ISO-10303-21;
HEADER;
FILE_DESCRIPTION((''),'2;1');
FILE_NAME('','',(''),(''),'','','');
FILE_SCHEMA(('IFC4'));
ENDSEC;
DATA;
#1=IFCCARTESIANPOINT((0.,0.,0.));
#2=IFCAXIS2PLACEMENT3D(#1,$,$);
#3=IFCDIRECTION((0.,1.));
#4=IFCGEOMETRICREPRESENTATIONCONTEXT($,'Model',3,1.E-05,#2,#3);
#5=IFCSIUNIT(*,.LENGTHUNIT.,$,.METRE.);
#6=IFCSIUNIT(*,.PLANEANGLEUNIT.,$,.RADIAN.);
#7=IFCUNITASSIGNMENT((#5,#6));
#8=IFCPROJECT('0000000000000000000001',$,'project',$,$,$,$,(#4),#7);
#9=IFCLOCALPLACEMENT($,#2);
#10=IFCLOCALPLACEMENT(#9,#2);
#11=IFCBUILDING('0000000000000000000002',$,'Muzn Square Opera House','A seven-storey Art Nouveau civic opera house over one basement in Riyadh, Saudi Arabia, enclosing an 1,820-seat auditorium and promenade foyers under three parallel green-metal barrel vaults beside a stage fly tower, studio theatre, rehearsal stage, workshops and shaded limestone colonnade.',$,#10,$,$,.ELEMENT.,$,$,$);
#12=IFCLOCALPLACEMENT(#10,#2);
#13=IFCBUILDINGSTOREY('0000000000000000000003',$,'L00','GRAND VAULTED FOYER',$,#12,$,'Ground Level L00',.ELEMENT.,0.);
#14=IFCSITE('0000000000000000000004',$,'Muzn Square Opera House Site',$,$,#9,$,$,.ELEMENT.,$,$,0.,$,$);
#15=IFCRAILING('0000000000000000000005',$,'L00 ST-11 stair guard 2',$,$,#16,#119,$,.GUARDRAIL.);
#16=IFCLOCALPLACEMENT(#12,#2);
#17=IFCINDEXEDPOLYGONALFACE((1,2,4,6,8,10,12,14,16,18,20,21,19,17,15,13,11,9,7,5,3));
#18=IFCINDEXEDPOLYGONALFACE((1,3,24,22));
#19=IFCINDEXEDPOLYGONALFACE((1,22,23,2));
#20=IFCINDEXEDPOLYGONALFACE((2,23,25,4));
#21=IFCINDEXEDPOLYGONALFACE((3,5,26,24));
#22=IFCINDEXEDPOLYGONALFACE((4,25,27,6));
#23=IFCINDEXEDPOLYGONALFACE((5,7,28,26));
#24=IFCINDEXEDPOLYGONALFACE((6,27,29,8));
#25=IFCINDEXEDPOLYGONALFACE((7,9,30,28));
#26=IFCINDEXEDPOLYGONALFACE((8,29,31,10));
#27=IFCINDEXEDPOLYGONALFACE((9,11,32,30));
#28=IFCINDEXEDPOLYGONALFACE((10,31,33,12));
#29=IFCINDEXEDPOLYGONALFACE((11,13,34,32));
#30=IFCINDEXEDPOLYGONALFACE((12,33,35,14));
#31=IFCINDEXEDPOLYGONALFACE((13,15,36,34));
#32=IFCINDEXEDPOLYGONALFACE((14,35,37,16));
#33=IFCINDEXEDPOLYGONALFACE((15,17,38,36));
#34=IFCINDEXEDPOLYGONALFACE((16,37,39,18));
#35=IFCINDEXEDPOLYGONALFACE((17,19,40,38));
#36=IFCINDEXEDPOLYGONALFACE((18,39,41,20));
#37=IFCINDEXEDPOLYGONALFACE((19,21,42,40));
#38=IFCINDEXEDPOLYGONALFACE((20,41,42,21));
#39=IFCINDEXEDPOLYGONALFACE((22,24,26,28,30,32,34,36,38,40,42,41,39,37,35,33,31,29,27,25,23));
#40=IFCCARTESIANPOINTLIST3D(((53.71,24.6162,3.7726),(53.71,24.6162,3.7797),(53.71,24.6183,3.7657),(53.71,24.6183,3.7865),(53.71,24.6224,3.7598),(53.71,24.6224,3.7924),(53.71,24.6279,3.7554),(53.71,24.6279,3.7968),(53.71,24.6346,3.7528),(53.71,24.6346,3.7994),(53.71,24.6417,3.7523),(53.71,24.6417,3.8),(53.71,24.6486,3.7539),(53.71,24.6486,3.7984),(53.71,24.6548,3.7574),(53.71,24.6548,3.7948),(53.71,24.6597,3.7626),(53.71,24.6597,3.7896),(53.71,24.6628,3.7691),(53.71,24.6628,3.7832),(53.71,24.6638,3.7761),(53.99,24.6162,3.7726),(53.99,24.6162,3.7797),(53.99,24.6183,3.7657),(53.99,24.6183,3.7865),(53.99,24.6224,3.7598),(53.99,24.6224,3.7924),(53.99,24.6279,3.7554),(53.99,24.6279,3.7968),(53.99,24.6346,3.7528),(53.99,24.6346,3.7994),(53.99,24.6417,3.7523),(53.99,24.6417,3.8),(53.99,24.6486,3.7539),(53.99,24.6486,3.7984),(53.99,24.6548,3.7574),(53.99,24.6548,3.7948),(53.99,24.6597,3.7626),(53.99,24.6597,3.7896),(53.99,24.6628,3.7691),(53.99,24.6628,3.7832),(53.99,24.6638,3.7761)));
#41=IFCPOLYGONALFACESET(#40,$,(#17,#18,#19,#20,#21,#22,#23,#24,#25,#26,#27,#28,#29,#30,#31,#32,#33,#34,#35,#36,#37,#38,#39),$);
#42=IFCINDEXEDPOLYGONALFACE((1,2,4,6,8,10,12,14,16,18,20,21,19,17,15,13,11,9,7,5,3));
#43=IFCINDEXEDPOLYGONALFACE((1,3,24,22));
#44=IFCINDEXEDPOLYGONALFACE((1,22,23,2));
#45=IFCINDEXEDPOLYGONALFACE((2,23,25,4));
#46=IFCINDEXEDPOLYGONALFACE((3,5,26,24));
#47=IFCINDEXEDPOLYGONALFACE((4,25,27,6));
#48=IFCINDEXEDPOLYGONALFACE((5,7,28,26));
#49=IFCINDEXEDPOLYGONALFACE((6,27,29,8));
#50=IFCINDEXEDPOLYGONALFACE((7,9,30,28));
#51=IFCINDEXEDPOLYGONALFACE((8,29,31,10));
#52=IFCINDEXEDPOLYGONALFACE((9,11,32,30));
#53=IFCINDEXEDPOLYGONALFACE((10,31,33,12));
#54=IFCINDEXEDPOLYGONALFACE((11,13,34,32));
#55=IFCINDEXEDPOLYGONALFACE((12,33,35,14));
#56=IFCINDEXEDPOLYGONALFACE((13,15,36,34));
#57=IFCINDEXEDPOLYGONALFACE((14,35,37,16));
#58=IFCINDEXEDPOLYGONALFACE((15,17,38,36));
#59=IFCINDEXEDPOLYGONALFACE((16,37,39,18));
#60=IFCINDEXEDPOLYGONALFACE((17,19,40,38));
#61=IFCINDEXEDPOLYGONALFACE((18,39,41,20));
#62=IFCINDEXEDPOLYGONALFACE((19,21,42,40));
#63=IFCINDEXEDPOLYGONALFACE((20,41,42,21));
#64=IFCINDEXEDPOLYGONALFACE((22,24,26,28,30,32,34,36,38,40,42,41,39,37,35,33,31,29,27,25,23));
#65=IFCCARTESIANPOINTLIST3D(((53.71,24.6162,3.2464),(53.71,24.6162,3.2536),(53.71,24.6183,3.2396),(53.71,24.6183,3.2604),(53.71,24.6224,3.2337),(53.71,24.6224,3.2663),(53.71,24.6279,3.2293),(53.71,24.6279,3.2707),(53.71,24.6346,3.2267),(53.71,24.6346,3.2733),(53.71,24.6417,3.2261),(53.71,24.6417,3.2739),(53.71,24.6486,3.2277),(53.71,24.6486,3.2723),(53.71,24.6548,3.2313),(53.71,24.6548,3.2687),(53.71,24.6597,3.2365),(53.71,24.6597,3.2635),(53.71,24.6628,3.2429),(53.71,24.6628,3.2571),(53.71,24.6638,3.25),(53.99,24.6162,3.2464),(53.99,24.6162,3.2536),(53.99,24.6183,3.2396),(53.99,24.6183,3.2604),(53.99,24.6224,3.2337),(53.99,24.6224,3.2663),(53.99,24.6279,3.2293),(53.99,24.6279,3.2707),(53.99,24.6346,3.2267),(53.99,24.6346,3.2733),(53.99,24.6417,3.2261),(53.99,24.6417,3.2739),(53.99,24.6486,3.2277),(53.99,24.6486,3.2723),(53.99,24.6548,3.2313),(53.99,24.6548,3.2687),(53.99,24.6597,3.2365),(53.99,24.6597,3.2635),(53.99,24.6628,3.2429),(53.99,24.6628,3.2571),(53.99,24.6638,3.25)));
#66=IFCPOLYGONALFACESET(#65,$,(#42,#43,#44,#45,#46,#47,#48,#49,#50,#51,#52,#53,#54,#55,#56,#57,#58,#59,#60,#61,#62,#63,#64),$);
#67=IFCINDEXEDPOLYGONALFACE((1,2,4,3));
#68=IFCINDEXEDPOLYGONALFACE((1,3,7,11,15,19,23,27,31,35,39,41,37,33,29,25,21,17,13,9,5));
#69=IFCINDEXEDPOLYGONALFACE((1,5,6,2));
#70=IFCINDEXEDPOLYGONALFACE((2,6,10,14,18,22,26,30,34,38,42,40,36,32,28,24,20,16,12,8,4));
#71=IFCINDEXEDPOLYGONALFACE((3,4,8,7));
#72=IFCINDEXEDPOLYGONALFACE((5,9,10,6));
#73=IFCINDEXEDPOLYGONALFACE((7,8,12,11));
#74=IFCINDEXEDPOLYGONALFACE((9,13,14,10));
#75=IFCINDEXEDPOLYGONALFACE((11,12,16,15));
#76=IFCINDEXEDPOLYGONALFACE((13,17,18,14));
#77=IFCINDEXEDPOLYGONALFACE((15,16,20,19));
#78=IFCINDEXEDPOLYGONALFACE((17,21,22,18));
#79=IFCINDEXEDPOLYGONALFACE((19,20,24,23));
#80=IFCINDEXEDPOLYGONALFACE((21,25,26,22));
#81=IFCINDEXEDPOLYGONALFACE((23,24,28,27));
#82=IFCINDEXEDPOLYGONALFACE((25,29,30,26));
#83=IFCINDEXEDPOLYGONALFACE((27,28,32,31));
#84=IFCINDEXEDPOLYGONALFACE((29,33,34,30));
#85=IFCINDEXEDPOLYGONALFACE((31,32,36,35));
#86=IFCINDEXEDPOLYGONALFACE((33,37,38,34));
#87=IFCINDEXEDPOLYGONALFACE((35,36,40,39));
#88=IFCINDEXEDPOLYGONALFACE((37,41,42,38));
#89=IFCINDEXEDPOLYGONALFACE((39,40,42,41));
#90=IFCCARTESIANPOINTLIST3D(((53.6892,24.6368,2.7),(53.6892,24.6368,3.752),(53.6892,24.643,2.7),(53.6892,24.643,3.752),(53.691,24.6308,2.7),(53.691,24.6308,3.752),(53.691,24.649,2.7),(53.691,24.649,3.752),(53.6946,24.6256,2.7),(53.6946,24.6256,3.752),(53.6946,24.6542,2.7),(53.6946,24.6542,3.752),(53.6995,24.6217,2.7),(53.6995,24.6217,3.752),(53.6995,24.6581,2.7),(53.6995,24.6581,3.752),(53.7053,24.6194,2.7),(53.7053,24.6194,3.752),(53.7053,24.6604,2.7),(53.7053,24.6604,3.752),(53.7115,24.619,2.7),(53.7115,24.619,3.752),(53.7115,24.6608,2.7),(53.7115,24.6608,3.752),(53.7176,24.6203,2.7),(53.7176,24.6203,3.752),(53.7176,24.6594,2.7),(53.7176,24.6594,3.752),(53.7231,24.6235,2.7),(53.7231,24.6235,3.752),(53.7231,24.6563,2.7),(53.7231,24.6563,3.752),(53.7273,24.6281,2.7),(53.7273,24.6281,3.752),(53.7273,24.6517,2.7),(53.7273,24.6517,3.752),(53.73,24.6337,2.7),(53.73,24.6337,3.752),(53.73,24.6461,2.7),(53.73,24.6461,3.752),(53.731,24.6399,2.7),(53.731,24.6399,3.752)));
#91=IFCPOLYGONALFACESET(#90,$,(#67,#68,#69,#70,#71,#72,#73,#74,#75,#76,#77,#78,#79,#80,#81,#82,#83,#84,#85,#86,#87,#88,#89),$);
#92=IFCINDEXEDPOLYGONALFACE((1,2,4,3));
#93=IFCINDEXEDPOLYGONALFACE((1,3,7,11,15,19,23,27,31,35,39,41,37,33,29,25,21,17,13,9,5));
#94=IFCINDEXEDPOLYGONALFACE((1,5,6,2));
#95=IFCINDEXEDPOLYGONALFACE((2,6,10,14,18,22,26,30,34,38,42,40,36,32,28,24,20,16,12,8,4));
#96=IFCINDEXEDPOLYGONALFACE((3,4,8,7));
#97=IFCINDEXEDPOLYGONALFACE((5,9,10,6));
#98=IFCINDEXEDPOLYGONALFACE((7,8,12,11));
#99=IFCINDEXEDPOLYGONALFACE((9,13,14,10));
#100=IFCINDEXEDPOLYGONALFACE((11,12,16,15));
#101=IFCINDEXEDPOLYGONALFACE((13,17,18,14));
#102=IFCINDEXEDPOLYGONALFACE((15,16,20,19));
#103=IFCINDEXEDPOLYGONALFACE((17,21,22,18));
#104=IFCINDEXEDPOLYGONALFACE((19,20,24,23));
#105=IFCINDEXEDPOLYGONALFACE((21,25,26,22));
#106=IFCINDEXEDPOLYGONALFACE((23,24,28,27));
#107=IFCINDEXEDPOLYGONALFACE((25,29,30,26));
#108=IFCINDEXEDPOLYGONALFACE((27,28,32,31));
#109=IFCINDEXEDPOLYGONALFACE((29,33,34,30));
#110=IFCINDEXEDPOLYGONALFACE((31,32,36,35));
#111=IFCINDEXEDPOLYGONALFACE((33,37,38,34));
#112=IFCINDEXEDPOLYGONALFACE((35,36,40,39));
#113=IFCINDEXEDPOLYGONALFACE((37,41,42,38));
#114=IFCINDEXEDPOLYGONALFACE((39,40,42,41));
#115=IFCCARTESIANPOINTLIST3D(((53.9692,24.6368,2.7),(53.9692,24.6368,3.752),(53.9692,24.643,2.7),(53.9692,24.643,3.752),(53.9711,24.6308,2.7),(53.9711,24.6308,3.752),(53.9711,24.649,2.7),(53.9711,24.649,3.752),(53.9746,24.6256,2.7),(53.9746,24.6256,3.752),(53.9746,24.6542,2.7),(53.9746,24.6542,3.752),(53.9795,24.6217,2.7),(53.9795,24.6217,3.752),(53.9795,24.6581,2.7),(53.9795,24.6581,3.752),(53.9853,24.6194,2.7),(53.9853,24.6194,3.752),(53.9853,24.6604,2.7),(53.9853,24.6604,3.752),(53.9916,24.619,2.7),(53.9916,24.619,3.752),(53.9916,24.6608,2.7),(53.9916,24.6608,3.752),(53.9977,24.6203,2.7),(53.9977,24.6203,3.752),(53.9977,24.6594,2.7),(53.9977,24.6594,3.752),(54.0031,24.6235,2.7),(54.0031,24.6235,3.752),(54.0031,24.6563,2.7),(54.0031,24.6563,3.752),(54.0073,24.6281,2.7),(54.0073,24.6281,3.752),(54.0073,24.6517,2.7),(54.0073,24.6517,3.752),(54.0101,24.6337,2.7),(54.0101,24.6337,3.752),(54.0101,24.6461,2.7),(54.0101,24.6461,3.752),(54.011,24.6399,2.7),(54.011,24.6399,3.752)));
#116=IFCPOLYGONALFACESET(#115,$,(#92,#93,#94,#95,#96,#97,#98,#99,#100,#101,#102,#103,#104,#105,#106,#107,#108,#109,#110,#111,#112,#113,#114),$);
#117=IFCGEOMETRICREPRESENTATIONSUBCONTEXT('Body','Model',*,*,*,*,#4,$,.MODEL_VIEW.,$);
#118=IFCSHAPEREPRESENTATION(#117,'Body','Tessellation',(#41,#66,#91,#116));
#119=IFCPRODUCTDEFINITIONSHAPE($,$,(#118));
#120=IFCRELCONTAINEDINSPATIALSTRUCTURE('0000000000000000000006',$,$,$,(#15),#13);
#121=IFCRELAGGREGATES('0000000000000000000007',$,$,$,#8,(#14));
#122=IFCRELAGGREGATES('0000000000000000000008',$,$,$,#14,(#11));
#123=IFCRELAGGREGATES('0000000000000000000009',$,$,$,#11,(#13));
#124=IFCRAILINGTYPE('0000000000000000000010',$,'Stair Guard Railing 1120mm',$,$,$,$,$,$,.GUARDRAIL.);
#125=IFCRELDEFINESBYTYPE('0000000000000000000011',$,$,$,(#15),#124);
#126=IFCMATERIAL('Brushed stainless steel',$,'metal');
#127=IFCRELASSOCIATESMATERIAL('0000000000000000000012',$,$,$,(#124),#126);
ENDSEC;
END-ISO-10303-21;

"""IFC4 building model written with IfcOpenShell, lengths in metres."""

from ifc_helpers import new_model, si_unit, direction, frame, origin, origin_2d, place, context, subcontext, project, spatial, circle, extrude, material, type_object, element, save


model = new_model("IFC4")

# Units and contexts
model_context = context("Model", 3, precision=1e-05, world=origin(), true_north=direction((0.0, 1.0)))
body_context = subcontext(model_context, "Body", "Model", "MODEL_VIEW")
ifc_project = project(units=[si_unit("LENGTHUNIT", "METRE"), si_unit("PLANEANGLEUNIT", "RADIAN")], contexts=[model_context])

# Site, building, storey
site_placement = place(None, origin())
site = spatial("IfcSite", under=ifc_project, at=site_placement, Name="Muzn Square Opera House Site", CompositionType="ELEMENT", RefElevation=0.0)
building_placement = place(site_placement, origin())
building = spatial("IfcBuilding", under=site, at=building_placement, Name="Muzn Square Opera House", Description="A seven-storey Art Nouveau civic opera house over one basement in Riyadh, Saudi Arabia, enclosing an 1,820-seat auditorium and promenade foyers under three parallel green-metal barrel vaults beside a stage fly tower, studio theatre, rehearsal stage, workshops and shaded limestone colonnade.", CompositionType="ELEMENT")
storey_placement = place(building_placement, origin())
storey = spatial("IfcBuildingStorey", under=building, at=storey_placement, Name="L00", Description="GRAND VAULTED FOYER", LongName="Ground Level L00", CompositionType="ELEMENT", Elevation=0.0)

# Shared definitions
ifc_material_1 = material(Name="Brushed stainless steel", Category="metal")

# Railing
railing_type_1 = type_object("IfcRailingType", Name="Stair Guard Railing 1120mm", PredefinedType="GUARDRAIL", material=ifc_material_1)
railing_1_placement = place(storey_placement, frame((53.71, 24.6399, 2.7)))
element("IfcRailing", 1, at=railing_1_placement, inside=storey, type_object=railing_type_1, Name="L00 ST-11 stair guard 2", PredefinedType="GUARDRAIL", context=body_context, shape_type="SweptSolid", body=[
    extrude(circle(Radius=0.0239, at=origin_2d()), frame((0.0, 0.0, 1.0762), z_axis=(1.0, 0.0, 0.0), x_axis=(0.0, 1.0, 0.0)), (0.0, 0.0, 1.0), 0.28),
    extrude(circle(Radius=0.0239, at=origin_2d()), frame((0.0, 0.0, 0.55), z_axis=(1.0, 0.0, 0.0), x_axis=(0.0, 1.0, 0.0)), (0.0, 0.0, 1.0), 0.28),
    extrude(circle(Radius=0.021, at=origin_2d()), origin(), (0.0, 0.0, 1.0), 1.052),
    extrude(circle(Radius=0.021, at=origin_2d()), frame((0.28, 0.0, 0.0)), (0.0, 0.0, 1.0), 1.052),
])

save(model, "model.ifc")
